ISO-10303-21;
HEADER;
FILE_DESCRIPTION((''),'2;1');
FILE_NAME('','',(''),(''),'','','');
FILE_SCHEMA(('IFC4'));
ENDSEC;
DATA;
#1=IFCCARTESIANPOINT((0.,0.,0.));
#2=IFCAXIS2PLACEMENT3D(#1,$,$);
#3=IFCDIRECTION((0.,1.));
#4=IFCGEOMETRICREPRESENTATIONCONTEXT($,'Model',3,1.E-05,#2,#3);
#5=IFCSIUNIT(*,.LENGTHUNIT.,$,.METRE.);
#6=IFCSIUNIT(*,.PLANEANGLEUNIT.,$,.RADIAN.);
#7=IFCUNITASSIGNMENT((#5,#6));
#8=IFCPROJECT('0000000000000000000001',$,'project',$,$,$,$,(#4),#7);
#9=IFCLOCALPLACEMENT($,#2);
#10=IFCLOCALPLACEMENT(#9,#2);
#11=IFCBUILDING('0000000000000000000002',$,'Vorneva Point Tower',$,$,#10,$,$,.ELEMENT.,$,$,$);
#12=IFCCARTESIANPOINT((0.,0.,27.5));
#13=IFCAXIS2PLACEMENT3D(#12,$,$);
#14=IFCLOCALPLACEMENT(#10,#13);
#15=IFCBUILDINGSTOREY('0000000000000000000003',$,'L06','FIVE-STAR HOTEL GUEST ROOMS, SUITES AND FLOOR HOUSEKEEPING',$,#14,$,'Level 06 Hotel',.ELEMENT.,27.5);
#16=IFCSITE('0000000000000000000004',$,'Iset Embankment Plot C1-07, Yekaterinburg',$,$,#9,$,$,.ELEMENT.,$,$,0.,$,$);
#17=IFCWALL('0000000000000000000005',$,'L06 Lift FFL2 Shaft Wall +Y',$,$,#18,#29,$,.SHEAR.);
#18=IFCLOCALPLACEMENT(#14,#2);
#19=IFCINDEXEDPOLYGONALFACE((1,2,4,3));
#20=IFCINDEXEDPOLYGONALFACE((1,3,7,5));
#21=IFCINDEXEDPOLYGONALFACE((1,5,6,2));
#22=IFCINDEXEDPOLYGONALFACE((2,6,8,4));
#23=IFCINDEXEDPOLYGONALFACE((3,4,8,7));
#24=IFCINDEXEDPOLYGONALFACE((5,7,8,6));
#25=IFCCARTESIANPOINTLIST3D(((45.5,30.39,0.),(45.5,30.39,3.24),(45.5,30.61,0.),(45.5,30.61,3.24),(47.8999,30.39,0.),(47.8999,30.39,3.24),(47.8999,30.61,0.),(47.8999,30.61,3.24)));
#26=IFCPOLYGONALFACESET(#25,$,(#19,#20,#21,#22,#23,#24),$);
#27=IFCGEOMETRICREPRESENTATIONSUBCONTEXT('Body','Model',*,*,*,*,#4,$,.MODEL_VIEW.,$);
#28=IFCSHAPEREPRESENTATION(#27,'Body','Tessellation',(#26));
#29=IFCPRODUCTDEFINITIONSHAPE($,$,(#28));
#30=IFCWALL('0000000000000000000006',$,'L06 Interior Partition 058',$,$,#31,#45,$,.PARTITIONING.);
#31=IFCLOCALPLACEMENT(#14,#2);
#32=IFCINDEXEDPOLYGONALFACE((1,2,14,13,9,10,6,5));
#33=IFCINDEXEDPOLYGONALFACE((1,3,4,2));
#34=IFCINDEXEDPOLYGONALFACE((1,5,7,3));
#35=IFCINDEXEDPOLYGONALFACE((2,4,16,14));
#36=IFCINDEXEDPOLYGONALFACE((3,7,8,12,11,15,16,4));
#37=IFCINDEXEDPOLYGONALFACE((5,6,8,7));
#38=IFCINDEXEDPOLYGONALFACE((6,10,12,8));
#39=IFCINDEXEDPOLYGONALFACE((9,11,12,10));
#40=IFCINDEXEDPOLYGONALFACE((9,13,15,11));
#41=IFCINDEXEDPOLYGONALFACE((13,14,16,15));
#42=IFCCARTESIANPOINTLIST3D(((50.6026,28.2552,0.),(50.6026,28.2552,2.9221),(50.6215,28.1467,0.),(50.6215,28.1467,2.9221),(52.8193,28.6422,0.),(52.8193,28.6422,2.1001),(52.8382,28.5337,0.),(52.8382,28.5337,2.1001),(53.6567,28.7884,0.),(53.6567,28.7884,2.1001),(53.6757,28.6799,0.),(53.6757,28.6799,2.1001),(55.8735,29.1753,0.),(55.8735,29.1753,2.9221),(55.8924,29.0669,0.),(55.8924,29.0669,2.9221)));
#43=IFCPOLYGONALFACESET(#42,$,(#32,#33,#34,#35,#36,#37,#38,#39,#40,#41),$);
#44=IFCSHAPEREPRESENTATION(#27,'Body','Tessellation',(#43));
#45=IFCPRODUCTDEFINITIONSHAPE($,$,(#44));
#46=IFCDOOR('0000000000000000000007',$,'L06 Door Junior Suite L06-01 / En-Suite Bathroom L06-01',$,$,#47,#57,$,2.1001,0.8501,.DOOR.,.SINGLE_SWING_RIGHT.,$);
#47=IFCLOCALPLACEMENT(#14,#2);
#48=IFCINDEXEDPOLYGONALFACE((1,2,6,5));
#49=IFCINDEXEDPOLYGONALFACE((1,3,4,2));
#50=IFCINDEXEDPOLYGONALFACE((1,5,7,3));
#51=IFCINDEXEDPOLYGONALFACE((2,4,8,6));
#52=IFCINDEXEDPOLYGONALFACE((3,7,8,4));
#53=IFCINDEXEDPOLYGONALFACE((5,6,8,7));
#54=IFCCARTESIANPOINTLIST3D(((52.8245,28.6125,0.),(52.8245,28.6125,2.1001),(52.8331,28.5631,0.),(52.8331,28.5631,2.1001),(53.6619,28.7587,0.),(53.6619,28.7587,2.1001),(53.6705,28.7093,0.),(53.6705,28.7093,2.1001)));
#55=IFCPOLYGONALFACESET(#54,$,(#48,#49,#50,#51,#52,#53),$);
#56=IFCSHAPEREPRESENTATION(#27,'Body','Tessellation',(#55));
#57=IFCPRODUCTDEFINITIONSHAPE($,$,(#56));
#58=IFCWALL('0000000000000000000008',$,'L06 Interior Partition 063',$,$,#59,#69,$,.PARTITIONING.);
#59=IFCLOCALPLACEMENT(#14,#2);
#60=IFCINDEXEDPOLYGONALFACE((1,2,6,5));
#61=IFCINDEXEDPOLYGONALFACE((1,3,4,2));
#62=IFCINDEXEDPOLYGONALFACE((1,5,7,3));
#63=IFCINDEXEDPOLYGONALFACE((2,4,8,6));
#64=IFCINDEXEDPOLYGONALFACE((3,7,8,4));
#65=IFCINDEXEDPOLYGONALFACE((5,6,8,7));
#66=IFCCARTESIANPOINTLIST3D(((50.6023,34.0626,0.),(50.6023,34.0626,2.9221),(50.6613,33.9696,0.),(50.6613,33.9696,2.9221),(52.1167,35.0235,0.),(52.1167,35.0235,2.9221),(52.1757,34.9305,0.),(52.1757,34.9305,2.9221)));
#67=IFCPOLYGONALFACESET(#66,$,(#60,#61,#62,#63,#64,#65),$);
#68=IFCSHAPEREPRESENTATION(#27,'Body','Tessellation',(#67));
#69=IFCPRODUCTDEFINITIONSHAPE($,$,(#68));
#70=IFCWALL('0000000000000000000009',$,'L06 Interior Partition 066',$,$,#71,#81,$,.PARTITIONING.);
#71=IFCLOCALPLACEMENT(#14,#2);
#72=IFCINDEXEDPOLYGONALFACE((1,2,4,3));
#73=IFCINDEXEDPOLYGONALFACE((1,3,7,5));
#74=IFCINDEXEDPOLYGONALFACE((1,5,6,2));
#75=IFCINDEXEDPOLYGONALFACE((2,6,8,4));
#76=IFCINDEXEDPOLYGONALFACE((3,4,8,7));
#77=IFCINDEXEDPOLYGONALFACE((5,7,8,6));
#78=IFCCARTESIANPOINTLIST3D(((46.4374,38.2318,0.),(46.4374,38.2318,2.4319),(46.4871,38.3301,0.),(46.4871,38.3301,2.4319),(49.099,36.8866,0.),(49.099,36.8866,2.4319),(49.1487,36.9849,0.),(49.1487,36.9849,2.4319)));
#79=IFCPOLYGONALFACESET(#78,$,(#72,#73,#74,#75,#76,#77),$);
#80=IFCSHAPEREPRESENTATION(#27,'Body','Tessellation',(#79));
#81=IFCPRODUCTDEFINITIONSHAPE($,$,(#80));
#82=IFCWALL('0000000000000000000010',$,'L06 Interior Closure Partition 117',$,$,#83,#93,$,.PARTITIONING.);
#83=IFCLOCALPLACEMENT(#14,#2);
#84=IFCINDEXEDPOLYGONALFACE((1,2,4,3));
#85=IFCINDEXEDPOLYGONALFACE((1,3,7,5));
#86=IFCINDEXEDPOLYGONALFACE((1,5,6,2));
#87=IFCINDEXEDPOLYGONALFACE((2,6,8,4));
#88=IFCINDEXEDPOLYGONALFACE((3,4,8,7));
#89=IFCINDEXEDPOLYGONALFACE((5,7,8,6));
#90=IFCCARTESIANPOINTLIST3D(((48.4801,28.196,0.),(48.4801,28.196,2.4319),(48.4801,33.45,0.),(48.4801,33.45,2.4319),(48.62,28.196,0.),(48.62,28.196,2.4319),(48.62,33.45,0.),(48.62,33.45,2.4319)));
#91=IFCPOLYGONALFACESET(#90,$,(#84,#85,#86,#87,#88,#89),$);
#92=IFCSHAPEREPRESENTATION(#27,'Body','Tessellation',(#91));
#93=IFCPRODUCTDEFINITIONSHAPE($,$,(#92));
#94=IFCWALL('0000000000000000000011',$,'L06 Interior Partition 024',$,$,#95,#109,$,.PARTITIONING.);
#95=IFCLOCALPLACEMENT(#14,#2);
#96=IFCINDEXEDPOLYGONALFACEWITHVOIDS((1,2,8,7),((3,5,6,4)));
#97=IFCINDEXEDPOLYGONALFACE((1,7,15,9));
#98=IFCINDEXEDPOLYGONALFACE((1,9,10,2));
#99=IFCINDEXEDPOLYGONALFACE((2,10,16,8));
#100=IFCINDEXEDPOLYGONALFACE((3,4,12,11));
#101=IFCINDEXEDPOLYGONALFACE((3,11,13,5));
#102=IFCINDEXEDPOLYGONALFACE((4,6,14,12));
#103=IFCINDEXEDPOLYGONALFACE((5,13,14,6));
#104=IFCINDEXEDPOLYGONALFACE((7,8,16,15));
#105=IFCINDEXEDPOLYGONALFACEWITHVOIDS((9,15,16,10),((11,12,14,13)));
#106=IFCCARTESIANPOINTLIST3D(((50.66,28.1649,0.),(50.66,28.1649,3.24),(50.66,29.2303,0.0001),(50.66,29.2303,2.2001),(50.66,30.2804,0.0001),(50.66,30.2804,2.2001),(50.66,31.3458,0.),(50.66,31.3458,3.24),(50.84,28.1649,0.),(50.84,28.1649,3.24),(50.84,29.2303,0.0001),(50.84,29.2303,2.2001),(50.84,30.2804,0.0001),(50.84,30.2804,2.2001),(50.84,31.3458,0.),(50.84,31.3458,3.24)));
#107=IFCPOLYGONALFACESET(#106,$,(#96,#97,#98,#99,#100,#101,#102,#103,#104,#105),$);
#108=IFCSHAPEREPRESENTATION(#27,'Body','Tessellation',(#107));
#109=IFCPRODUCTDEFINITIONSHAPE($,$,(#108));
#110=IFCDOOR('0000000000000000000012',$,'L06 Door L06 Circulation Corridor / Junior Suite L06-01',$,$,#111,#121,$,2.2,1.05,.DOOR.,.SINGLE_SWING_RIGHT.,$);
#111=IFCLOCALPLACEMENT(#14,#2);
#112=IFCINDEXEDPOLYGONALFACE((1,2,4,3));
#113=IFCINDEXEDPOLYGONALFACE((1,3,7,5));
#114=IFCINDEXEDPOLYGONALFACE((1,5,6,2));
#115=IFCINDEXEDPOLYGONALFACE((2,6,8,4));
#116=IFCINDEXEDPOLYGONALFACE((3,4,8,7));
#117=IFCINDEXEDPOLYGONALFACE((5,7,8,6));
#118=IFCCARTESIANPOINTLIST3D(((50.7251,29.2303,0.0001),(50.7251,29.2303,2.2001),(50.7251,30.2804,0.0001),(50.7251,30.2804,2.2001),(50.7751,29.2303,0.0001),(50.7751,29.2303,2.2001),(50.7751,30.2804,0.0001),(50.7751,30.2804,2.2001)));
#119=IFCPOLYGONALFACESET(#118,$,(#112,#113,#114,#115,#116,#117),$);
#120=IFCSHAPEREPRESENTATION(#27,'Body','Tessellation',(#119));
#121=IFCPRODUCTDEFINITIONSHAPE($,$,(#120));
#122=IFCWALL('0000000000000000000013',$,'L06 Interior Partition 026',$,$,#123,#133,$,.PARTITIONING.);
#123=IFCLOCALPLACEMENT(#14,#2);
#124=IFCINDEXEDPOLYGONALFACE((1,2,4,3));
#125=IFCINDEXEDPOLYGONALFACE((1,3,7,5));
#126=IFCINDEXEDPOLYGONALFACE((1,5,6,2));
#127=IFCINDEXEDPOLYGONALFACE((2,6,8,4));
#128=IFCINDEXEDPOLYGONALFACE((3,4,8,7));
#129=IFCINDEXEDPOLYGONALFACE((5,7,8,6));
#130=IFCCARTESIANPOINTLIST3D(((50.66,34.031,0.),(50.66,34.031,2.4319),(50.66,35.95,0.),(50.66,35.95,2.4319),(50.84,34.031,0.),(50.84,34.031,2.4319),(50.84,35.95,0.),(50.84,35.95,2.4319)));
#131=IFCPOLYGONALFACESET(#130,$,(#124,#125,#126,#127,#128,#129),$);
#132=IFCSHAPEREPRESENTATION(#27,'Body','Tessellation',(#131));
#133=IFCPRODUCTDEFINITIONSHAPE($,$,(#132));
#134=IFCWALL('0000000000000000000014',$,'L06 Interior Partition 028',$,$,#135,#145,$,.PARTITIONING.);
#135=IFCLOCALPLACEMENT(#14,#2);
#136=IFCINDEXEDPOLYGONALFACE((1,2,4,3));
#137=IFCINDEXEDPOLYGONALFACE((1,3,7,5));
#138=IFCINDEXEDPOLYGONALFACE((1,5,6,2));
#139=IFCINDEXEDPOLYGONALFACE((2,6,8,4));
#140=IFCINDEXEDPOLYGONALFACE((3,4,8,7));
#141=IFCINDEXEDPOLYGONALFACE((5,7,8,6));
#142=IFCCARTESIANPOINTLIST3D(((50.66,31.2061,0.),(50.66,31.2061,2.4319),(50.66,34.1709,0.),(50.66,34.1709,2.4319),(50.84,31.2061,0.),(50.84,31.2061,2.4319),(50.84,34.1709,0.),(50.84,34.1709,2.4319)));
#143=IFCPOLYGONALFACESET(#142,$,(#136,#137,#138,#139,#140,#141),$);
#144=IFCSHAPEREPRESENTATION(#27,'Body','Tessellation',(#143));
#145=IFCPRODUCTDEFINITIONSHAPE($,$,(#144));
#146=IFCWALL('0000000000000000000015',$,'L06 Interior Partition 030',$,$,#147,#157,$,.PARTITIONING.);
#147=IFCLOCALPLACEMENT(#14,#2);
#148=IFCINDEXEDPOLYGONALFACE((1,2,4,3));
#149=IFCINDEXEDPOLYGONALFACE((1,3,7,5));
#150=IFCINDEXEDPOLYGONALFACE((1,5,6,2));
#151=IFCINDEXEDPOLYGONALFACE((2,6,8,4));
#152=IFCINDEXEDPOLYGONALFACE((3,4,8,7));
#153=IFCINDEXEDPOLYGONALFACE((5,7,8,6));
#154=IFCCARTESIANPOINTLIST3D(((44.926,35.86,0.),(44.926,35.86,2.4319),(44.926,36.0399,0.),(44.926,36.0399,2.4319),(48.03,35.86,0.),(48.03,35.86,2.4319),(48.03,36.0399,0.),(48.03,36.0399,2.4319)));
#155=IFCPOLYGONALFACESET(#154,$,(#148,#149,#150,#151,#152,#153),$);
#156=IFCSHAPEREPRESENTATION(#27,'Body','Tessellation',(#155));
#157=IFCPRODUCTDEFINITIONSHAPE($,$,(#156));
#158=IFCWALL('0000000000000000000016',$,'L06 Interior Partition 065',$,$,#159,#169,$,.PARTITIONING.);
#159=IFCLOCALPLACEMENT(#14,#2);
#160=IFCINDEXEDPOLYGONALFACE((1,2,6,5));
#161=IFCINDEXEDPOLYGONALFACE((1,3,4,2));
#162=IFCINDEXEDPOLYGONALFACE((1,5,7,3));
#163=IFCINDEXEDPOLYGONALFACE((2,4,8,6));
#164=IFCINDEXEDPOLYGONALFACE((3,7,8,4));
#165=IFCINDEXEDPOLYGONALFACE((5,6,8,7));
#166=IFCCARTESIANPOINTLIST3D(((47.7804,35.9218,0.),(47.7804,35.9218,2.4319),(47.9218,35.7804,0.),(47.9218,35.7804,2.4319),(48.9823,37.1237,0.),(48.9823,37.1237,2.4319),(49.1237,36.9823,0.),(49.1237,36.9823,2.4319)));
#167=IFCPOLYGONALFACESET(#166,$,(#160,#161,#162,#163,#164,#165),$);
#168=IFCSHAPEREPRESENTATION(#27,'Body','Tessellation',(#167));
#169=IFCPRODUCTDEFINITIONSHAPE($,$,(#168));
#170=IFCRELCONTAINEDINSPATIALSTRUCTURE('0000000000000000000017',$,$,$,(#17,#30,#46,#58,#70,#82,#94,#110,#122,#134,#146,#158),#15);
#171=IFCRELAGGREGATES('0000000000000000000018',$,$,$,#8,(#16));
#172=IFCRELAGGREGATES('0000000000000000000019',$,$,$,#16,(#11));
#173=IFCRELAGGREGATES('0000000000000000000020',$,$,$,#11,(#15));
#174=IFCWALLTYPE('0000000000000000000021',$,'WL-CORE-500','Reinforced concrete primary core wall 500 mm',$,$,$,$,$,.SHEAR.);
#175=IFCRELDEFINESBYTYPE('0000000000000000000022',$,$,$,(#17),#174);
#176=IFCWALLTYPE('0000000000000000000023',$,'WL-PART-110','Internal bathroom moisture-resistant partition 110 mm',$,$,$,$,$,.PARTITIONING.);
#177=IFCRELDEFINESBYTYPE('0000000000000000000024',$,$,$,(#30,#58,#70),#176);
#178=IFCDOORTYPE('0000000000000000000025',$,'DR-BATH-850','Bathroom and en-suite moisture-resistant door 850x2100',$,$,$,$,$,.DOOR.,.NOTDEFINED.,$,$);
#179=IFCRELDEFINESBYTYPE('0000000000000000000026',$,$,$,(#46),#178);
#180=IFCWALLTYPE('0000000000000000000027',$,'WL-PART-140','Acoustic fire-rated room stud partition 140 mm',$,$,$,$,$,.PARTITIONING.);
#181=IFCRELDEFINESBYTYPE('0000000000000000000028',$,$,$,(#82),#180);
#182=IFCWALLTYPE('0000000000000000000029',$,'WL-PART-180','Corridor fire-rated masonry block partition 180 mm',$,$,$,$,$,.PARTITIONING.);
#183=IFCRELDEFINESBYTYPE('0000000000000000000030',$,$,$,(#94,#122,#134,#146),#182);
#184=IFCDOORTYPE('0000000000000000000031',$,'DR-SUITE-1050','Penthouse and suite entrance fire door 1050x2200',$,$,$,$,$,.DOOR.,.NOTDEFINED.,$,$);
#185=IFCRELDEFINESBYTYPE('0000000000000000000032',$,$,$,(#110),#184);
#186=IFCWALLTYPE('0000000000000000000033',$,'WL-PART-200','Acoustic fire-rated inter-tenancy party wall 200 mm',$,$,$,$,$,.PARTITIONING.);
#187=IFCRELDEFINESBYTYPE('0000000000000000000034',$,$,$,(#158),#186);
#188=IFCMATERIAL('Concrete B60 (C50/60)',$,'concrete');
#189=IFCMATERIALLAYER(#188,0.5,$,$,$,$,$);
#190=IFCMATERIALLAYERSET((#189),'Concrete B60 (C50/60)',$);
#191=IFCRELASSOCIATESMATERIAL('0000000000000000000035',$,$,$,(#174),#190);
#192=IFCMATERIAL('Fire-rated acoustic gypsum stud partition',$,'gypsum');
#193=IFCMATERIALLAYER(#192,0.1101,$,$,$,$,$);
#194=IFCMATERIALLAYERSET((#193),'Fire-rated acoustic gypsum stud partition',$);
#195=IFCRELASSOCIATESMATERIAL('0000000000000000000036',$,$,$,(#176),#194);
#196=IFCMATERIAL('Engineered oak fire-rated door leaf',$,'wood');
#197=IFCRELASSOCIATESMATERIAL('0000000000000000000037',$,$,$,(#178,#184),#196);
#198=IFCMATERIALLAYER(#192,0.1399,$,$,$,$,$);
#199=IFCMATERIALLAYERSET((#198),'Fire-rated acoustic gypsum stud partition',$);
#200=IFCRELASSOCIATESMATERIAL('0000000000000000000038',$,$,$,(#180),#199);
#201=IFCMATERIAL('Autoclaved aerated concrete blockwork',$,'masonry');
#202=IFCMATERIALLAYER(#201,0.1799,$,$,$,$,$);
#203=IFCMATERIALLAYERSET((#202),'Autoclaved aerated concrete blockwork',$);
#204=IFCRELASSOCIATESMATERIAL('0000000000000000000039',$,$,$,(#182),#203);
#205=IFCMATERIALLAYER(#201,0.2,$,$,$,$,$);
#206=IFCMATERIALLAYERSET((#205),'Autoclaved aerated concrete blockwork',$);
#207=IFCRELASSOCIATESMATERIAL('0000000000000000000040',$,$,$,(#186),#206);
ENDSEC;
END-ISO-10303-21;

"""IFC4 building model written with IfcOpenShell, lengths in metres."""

from ifc_helpers import new_model, si_unit, direction, frame, frame_2d, origin, place, context, subcontext, project, spatial, rectangle, extrude, material, layer, layer_set, type_object, element, fill, save


model = new_model("IFC4")

# Units and contexts
model_context = context("Model", 3, precision=1e-05, world=origin(), true_north=direction((0.0, 1.0)))
body_context = subcontext(model_context, "Body", "Model", "MODEL_VIEW")
ifc_project = project(units=[si_unit("LENGTHUNIT", "METRE"), si_unit("PLANEANGLEUNIT", "RADIAN")], contexts=[model_context])

# Site, building, storey
site_placement = place(None, origin())
site = spatial("IfcSite", under=ifc_project, at=site_placement, Name="Iset Embankment Plot C1-07, Yekaterinburg", CompositionType="ELEMENT", RefElevation=0.0)
building_placement = place(site_placement, origin())
building = spatial("IfcBuilding", under=site, at=building_placement, Name="Vorneva Point Tower", CompositionType="ELEMENT")
storey_placement = place(building_placement, frame((0.0, 0.0, 27.5)))
storey = spatial("IfcBuildingStorey", under=building, at=storey_placement, Name="L06", Description="FIVE-STAR HOTEL GUEST ROOMS, SUITES AND FLOOR HOUSEKEEPING", LongName="Level 06 Hotel", CompositionType="ELEMENT", Elevation=27.5)

# Shared definitions
ifc_material_1 = material(Name="Concrete B60 (C50/60)", Category="concrete")

# Wall
ifc_layer_1 = layer(ifc_material_1, 0.5)
ifc_layer_set_1 = layer_set([ifc_layer_1], Name="Concrete B60 (C50/60)")
wall_type_1 = type_object("IfcWallType", Name="WL-CORE-500", Description="Reinforced concrete primary core wall 500 mm", PredefinedType="SHEAR", material=ifc_layer_set_1)
wall_1_placement = place(storey_placement, frame((47.8999, 30.5, 0.0), z_axis=(0.0, 0.0, 1.0), x_axis=(-1.0, 0.0, 0.0)))
element("IfcWall", 1, at=wall_1_placement, inside=storey, type_object=wall_type_1, Name="L06 Lift FFL2 Shaft Wall +Y", PredefinedType="SHEAR", context=body_context, shape_type="SweptSolid", body=[
    extrude(rectangle(XDim=2.3999, YDim=0.22, at=frame_2d((1.2, 0.0))), origin(), (0.0, 0.0, 1.0), 3.24),
])

# Wall, opening, door
ifc_material_2 = material(Name="Fire-rated acoustic gypsum stud partition", Category="gypsum")
ifc_layer_2 = layer(ifc_material_2, 0.1101)
ifc_layer_set_2 = layer_set([ifc_layer_2], Name="Fire-rated acoustic gypsum stud partition")
wall_type_2 = type_object("IfcWallType", Name="WL-PART-110", Description="Internal bathroom moisture-resistant partition 110 mm", PredefinedType="PARTITIONING", material=ifc_layer_set_2)
wall_2_placement = place(storey_placement, frame((50.6121, 28.2009, 0.0), z_axis=(0.0, 0.0, 1.0), x_axis=(0.985101, 0.171979, 0.0)))
wall_2 = element("IfcWall", 2, at=wall_2_placement, inside=storey, type_object=wall_type_2, Name="L06 Interior Partition 058", PredefinedType="PARTITIONING", context=body_context, shape_type="SweptSolid", body=[
    extrude(rectangle(XDim=5.3506, YDim=0.1101, at=frame_2d((2.6753, 0.0))), origin(), (0.0, 0.0, 1.0), 2.9221),
])
opening_1_placement = place(wall_2_placement, frame((2.2502, 0.0, 0.0)))
opening_1 = element("IfcOpeningElement", 3, at=opening_1_placement, cuts=wall_2, PredefinedType="OPENING", context=body_context, shape_type="SweptSolid", body=[
    extrude(rectangle(XDim=0.8501, YDim=2.1001, at=frame_2d((0.425, 1.05))), frame((0.0, 0.0698, 0.0), z_axis=(0.0, -1.0, 0.0), x_axis=(1.0, 0.0, 0.0)), (0.0, 0.0, 1.0), 0.1399),
])
ifc_material_3 = material(Name="Engineered oak fire-rated door leaf", Category="wood")
door_type_1 = type_object("IfcDoorType", Name="DR-BATH-850", Description="Bathroom and en-suite moisture-resistant door 850x2100", OperationType="NOTDEFINED", PredefinedType="DOOR", material=ifc_material_3)
door_1_placement = place(opening_1_placement, origin())
door_1 = element("IfcDoor", 4, at=door_1_placement, inside=storey, type_object=door_type_1, Name="L06 Door Junior Suite L06-01 / En-Suite Bathroom L06-01", OperationType="SINGLE_SWING_RIGHT", OverallHeight=2.1001, OverallWidth=0.8501, PredefinedType="DOOR", context=body_context, shape_type="SweptSolid", body=[
    extrude(rectangle(XDim=0.8501, YDim=2.1001, at=frame_2d((0.425, 1.05))), frame((0.0, 0.0249, 0.0), z_axis=(0.0, -1.0, 0.0), x_axis=(1.0, 0.0, 0.0)), (0.0, 0.0, 1.0), 0.05),
])
fill(opening_1, door_1)

# Walls
wall_3_placement = place(storey_placement, frame((50.6318, 34.0161, 0.0), z_axis=(0.0, 0.0, 1.0), x_axis=(0.844361, 0.535774, 0.0)))
element("IfcWall", 5, at=wall_3_placement, inside=storey, type_object=wall_type_2, Name="L06 Interior Partition 063", PredefinedType="PARTITIONING", context=body_context, shape_type="SweptSolid", body=[
    extrude(rectangle(XDim=1.7935, YDim=0.1101, at=frame_2d((0.8967, 0.0))), origin(), (0.0, 0.0, 1.0), 2.9221),
])
wall_4_placement = place(storey_placement, frame((46.4622, 38.281, 0.0), z_axis=(0.0, 0.0, 1.0), x_axis=(0.892487, -0.451073, 0.0)))
element("IfcWall", 6, at=wall_4_placement, inside=storey, type_object=wall_type_2, Name="L06 Interior Partition 066", PredefinedType="PARTITIONING", context=body_context, shape_type="SweptSolid", body=[
    extrude(rectangle(XDim=2.9822, YDim=0.1101, at=frame_2d((1.4912, 0.0))), origin(), (0.0, 0.0, 1.0), 2.4319),
])
ifc_layer_3 = layer(ifc_material_2, 0.1399)
ifc_layer_set_3 = layer_set([ifc_layer_3], Name="Fire-rated acoustic gypsum stud partition")
wall_type_3 = type_object("IfcWallType", Name="WL-PART-140", Description="Acoustic fire-rated room stud partition 140 mm", PredefinedType="PARTITIONING", material=ifc_layer_set_3)
wall_5_placement = place(storey_placement, frame((48.55, 33.45, 0.0), z_axis=(0.0, 0.0, 1.0), x_axis=(0.0, -1.0, 0.0)))
element("IfcWall", 7, at=wall_5_placement, inside=storey, type_object=wall_type_3, Name="L06 Interior Closure Partition 117", PredefinedType="PARTITIONING", context=body_context, shape_type="SweptSolid", body=[
    extrude(rectangle(XDim=5.2539, YDim=0.1399, at=frame_2d((2.627, 0.0))), origin(), (0.0, 0.0, 1.0), 2.4319),
])

# Wall, opening, door
ifc_material_4 = material(Name="Autoclaved aerated concrete blockwork", Category="masonry")
ifc_layer_4 = layer(ifc_material_4, 0.1799)
ifc_layer_set_4 = layer_set([ifc_layer_4], Name="Autoclaved aerated concrete blockwork")
wall_type_4 = type_object("IfcWallType", Name="WL-PART-180", Description="Corridor fire-rated masonry block partition 180 mm", PredefinedType="PARTITIONING", material=ifc_layer_set_4)
wall_6_placement = place(storey_placement, frame((50.75, 28.165, 0.0), z_axis=(0.0, 0.0, 1.0), x_axis=(0.0, 1.0, 0.0)))
wall_6 = element("IfcWall", 8, at=wall_6_placement, inside=storey, type_object=wall_type_4, Name="L06 Interior Partition 024", PredefinedType="PARTITIONING", context=body_context, shape_type="SweptSolid", body=[
    extrude(rectangle(XDim=3.1809, YDim=0.1799, at=frame_2d((1.5903, 0.0))), origin(), (0.0, 0.0, 1.0), 3.24),
])
opening_2_placement = place(wall_6_placement, frame((1.0654, 0.0, 0.0)))
opening_2 = element("IfcOpeningElement", 9, at=opening_2_placement, cuts=wall_6, PredefinedType="OPENING", context=body_context, shape_type="SweptSolid", body=[
    extrude(rectangle(XDim=1.05, YDim=2.2, at=frame_2d((0.5249, 1.1001))), frame((0.0, 0.105, 0.0), z_axis=(0.0, -1.0, 0.0), x_axis=(1.0, 0.0, 0.0)), (0.0, 0.0, 1.0), 0.2097),
])
door_type_2 = type_object("IfcDoorType", Name="DR-SUITE-1050", Description="Penthouse and suite entrance fire door 1050x2200", OperationType="NOTDEFINED", PredefinedType="DOOR", material=ifc_material_3)
door_2_placement = place(opening_2_placement, origin())
door_2 = element("IfcDoor", 10, at=door_2_placement, inside=storey, type_object=door_type_2, Name="L06 Door L06 Circulation Corridor / Junior Suite L06-01", OperationType="SINGLE_SWING_RIGHT", OverallHeight=2.2, OverallWidth=1.05, PredefinedType="DOOR", context=body_context, shape_type="SweptSolid", body=[
    extrude(rectangle(XDim=1.05, YDim=2.2, at=frame_2d((0.5249, 1.1001))), frame((0.0, 0.0249, 0.0), z_axis=(0.0, -1.0, 0.0), x_axis=(1.0, 0.0, 0.0)), (0.0, 0.0, 1.0), 0.05),
])
fill(opening_2, door_2)

# Walls
wall_7_placement = place(storey_placement, frame((50.75, 34.031, 0.0), z_axis=(0.0, 0.0, 1.0), x_axis=(0.0, 1.0, 0.0)))
element("IfcWall", 11, at=wall_7_placement, inside=storey, type_object=wall_type_4, Name="L06 Interior Partition 026", PredefinedType="PARTITIONING", context=body_context, shape_type="SweptSolid", body=[
    extrude(rectangle(XDim=1.9189, YDim=0.1799, at=frame_2d((0.9595, 0.0))), origin(), (0.0, 0.0, 1.0), 2.4319),
])
wall_8_placement = place(storey_placement, frame((50.75, 31.2061, 0.0), z_axis=(0.0, 0.0, 1.0), x_axis=(0.0, 1.0, 0.0)))
element("IfcWall", 12, at=wall_8_placement, inside=storey, type_object=wall_type_4, Name="L06 Interior Partition 028", PredefinedType="PARTITIONING", context=body_context, shape_type="SweptSolid", body=[
    extrude(rectangle(XDim=2.9648, YDim=0.1799, at=frame_2d((1.4824, 0.0))), origin(), (0.0, 0.0, 1.0), 2.4319),
])
wall_9_placement = place(storey_placement, frame((48.03, 35.95, 0.0), z_axis=(0.0, 0.0, 1.0), x_axis=(-1.0, 0.0, 0.0)))
element("IfcWall", 13, at=wall_9_placement, inside=storey, type_object=wall_type_4, Name="L06 Interior Partition 030", PredefinedType="PARTITIONING", context=body_context, shape_type="SweptSolid", body=[
    extrude(rectangle(XDim=3.104, YDim=0.1799, at=frame_2d((1.552, 0.0))), origin(), (0.0, 0.0, 1.0), 2.4319),
])
ifc_layer_5 = layer(ifc_material_4, 0.2)
ifc_layer_set_5 = layer_set([ifc_layer_5], Name="Autoclaved aerated concrete blockwork")
wall_type_5 = type_object("IfcWallType", Name="WL-PART-200", Description="Acoustic fire-rated inter-tenancy party wall 200 mm", PredefinedType="PARTITIONING", material=ifc_layer_set_5)
wall_10_placement = place(storey_placement, frame((49.053, 37.053, 0.0), z_axis=(0.0, 0.0, 1.0), x_axis=(-0.707107, -0.707107, 0.0)))
element("IfcWall", 14, at=wall_10_placement, inside=storey, type_object=wall_type_5, Name="L06 Interior Partition 065", PredefinedType="PARTITIONING", context=body_context, shape_type="SweptSolid", body=[
    extrude(rectangle(XDim=1.6997, YDim=0.2, at=frame_2d((0.8499, 0.0))), origin(), (0.0, 0.0, 1.0), 2.4319),
])

save(model, "model.ifc")
